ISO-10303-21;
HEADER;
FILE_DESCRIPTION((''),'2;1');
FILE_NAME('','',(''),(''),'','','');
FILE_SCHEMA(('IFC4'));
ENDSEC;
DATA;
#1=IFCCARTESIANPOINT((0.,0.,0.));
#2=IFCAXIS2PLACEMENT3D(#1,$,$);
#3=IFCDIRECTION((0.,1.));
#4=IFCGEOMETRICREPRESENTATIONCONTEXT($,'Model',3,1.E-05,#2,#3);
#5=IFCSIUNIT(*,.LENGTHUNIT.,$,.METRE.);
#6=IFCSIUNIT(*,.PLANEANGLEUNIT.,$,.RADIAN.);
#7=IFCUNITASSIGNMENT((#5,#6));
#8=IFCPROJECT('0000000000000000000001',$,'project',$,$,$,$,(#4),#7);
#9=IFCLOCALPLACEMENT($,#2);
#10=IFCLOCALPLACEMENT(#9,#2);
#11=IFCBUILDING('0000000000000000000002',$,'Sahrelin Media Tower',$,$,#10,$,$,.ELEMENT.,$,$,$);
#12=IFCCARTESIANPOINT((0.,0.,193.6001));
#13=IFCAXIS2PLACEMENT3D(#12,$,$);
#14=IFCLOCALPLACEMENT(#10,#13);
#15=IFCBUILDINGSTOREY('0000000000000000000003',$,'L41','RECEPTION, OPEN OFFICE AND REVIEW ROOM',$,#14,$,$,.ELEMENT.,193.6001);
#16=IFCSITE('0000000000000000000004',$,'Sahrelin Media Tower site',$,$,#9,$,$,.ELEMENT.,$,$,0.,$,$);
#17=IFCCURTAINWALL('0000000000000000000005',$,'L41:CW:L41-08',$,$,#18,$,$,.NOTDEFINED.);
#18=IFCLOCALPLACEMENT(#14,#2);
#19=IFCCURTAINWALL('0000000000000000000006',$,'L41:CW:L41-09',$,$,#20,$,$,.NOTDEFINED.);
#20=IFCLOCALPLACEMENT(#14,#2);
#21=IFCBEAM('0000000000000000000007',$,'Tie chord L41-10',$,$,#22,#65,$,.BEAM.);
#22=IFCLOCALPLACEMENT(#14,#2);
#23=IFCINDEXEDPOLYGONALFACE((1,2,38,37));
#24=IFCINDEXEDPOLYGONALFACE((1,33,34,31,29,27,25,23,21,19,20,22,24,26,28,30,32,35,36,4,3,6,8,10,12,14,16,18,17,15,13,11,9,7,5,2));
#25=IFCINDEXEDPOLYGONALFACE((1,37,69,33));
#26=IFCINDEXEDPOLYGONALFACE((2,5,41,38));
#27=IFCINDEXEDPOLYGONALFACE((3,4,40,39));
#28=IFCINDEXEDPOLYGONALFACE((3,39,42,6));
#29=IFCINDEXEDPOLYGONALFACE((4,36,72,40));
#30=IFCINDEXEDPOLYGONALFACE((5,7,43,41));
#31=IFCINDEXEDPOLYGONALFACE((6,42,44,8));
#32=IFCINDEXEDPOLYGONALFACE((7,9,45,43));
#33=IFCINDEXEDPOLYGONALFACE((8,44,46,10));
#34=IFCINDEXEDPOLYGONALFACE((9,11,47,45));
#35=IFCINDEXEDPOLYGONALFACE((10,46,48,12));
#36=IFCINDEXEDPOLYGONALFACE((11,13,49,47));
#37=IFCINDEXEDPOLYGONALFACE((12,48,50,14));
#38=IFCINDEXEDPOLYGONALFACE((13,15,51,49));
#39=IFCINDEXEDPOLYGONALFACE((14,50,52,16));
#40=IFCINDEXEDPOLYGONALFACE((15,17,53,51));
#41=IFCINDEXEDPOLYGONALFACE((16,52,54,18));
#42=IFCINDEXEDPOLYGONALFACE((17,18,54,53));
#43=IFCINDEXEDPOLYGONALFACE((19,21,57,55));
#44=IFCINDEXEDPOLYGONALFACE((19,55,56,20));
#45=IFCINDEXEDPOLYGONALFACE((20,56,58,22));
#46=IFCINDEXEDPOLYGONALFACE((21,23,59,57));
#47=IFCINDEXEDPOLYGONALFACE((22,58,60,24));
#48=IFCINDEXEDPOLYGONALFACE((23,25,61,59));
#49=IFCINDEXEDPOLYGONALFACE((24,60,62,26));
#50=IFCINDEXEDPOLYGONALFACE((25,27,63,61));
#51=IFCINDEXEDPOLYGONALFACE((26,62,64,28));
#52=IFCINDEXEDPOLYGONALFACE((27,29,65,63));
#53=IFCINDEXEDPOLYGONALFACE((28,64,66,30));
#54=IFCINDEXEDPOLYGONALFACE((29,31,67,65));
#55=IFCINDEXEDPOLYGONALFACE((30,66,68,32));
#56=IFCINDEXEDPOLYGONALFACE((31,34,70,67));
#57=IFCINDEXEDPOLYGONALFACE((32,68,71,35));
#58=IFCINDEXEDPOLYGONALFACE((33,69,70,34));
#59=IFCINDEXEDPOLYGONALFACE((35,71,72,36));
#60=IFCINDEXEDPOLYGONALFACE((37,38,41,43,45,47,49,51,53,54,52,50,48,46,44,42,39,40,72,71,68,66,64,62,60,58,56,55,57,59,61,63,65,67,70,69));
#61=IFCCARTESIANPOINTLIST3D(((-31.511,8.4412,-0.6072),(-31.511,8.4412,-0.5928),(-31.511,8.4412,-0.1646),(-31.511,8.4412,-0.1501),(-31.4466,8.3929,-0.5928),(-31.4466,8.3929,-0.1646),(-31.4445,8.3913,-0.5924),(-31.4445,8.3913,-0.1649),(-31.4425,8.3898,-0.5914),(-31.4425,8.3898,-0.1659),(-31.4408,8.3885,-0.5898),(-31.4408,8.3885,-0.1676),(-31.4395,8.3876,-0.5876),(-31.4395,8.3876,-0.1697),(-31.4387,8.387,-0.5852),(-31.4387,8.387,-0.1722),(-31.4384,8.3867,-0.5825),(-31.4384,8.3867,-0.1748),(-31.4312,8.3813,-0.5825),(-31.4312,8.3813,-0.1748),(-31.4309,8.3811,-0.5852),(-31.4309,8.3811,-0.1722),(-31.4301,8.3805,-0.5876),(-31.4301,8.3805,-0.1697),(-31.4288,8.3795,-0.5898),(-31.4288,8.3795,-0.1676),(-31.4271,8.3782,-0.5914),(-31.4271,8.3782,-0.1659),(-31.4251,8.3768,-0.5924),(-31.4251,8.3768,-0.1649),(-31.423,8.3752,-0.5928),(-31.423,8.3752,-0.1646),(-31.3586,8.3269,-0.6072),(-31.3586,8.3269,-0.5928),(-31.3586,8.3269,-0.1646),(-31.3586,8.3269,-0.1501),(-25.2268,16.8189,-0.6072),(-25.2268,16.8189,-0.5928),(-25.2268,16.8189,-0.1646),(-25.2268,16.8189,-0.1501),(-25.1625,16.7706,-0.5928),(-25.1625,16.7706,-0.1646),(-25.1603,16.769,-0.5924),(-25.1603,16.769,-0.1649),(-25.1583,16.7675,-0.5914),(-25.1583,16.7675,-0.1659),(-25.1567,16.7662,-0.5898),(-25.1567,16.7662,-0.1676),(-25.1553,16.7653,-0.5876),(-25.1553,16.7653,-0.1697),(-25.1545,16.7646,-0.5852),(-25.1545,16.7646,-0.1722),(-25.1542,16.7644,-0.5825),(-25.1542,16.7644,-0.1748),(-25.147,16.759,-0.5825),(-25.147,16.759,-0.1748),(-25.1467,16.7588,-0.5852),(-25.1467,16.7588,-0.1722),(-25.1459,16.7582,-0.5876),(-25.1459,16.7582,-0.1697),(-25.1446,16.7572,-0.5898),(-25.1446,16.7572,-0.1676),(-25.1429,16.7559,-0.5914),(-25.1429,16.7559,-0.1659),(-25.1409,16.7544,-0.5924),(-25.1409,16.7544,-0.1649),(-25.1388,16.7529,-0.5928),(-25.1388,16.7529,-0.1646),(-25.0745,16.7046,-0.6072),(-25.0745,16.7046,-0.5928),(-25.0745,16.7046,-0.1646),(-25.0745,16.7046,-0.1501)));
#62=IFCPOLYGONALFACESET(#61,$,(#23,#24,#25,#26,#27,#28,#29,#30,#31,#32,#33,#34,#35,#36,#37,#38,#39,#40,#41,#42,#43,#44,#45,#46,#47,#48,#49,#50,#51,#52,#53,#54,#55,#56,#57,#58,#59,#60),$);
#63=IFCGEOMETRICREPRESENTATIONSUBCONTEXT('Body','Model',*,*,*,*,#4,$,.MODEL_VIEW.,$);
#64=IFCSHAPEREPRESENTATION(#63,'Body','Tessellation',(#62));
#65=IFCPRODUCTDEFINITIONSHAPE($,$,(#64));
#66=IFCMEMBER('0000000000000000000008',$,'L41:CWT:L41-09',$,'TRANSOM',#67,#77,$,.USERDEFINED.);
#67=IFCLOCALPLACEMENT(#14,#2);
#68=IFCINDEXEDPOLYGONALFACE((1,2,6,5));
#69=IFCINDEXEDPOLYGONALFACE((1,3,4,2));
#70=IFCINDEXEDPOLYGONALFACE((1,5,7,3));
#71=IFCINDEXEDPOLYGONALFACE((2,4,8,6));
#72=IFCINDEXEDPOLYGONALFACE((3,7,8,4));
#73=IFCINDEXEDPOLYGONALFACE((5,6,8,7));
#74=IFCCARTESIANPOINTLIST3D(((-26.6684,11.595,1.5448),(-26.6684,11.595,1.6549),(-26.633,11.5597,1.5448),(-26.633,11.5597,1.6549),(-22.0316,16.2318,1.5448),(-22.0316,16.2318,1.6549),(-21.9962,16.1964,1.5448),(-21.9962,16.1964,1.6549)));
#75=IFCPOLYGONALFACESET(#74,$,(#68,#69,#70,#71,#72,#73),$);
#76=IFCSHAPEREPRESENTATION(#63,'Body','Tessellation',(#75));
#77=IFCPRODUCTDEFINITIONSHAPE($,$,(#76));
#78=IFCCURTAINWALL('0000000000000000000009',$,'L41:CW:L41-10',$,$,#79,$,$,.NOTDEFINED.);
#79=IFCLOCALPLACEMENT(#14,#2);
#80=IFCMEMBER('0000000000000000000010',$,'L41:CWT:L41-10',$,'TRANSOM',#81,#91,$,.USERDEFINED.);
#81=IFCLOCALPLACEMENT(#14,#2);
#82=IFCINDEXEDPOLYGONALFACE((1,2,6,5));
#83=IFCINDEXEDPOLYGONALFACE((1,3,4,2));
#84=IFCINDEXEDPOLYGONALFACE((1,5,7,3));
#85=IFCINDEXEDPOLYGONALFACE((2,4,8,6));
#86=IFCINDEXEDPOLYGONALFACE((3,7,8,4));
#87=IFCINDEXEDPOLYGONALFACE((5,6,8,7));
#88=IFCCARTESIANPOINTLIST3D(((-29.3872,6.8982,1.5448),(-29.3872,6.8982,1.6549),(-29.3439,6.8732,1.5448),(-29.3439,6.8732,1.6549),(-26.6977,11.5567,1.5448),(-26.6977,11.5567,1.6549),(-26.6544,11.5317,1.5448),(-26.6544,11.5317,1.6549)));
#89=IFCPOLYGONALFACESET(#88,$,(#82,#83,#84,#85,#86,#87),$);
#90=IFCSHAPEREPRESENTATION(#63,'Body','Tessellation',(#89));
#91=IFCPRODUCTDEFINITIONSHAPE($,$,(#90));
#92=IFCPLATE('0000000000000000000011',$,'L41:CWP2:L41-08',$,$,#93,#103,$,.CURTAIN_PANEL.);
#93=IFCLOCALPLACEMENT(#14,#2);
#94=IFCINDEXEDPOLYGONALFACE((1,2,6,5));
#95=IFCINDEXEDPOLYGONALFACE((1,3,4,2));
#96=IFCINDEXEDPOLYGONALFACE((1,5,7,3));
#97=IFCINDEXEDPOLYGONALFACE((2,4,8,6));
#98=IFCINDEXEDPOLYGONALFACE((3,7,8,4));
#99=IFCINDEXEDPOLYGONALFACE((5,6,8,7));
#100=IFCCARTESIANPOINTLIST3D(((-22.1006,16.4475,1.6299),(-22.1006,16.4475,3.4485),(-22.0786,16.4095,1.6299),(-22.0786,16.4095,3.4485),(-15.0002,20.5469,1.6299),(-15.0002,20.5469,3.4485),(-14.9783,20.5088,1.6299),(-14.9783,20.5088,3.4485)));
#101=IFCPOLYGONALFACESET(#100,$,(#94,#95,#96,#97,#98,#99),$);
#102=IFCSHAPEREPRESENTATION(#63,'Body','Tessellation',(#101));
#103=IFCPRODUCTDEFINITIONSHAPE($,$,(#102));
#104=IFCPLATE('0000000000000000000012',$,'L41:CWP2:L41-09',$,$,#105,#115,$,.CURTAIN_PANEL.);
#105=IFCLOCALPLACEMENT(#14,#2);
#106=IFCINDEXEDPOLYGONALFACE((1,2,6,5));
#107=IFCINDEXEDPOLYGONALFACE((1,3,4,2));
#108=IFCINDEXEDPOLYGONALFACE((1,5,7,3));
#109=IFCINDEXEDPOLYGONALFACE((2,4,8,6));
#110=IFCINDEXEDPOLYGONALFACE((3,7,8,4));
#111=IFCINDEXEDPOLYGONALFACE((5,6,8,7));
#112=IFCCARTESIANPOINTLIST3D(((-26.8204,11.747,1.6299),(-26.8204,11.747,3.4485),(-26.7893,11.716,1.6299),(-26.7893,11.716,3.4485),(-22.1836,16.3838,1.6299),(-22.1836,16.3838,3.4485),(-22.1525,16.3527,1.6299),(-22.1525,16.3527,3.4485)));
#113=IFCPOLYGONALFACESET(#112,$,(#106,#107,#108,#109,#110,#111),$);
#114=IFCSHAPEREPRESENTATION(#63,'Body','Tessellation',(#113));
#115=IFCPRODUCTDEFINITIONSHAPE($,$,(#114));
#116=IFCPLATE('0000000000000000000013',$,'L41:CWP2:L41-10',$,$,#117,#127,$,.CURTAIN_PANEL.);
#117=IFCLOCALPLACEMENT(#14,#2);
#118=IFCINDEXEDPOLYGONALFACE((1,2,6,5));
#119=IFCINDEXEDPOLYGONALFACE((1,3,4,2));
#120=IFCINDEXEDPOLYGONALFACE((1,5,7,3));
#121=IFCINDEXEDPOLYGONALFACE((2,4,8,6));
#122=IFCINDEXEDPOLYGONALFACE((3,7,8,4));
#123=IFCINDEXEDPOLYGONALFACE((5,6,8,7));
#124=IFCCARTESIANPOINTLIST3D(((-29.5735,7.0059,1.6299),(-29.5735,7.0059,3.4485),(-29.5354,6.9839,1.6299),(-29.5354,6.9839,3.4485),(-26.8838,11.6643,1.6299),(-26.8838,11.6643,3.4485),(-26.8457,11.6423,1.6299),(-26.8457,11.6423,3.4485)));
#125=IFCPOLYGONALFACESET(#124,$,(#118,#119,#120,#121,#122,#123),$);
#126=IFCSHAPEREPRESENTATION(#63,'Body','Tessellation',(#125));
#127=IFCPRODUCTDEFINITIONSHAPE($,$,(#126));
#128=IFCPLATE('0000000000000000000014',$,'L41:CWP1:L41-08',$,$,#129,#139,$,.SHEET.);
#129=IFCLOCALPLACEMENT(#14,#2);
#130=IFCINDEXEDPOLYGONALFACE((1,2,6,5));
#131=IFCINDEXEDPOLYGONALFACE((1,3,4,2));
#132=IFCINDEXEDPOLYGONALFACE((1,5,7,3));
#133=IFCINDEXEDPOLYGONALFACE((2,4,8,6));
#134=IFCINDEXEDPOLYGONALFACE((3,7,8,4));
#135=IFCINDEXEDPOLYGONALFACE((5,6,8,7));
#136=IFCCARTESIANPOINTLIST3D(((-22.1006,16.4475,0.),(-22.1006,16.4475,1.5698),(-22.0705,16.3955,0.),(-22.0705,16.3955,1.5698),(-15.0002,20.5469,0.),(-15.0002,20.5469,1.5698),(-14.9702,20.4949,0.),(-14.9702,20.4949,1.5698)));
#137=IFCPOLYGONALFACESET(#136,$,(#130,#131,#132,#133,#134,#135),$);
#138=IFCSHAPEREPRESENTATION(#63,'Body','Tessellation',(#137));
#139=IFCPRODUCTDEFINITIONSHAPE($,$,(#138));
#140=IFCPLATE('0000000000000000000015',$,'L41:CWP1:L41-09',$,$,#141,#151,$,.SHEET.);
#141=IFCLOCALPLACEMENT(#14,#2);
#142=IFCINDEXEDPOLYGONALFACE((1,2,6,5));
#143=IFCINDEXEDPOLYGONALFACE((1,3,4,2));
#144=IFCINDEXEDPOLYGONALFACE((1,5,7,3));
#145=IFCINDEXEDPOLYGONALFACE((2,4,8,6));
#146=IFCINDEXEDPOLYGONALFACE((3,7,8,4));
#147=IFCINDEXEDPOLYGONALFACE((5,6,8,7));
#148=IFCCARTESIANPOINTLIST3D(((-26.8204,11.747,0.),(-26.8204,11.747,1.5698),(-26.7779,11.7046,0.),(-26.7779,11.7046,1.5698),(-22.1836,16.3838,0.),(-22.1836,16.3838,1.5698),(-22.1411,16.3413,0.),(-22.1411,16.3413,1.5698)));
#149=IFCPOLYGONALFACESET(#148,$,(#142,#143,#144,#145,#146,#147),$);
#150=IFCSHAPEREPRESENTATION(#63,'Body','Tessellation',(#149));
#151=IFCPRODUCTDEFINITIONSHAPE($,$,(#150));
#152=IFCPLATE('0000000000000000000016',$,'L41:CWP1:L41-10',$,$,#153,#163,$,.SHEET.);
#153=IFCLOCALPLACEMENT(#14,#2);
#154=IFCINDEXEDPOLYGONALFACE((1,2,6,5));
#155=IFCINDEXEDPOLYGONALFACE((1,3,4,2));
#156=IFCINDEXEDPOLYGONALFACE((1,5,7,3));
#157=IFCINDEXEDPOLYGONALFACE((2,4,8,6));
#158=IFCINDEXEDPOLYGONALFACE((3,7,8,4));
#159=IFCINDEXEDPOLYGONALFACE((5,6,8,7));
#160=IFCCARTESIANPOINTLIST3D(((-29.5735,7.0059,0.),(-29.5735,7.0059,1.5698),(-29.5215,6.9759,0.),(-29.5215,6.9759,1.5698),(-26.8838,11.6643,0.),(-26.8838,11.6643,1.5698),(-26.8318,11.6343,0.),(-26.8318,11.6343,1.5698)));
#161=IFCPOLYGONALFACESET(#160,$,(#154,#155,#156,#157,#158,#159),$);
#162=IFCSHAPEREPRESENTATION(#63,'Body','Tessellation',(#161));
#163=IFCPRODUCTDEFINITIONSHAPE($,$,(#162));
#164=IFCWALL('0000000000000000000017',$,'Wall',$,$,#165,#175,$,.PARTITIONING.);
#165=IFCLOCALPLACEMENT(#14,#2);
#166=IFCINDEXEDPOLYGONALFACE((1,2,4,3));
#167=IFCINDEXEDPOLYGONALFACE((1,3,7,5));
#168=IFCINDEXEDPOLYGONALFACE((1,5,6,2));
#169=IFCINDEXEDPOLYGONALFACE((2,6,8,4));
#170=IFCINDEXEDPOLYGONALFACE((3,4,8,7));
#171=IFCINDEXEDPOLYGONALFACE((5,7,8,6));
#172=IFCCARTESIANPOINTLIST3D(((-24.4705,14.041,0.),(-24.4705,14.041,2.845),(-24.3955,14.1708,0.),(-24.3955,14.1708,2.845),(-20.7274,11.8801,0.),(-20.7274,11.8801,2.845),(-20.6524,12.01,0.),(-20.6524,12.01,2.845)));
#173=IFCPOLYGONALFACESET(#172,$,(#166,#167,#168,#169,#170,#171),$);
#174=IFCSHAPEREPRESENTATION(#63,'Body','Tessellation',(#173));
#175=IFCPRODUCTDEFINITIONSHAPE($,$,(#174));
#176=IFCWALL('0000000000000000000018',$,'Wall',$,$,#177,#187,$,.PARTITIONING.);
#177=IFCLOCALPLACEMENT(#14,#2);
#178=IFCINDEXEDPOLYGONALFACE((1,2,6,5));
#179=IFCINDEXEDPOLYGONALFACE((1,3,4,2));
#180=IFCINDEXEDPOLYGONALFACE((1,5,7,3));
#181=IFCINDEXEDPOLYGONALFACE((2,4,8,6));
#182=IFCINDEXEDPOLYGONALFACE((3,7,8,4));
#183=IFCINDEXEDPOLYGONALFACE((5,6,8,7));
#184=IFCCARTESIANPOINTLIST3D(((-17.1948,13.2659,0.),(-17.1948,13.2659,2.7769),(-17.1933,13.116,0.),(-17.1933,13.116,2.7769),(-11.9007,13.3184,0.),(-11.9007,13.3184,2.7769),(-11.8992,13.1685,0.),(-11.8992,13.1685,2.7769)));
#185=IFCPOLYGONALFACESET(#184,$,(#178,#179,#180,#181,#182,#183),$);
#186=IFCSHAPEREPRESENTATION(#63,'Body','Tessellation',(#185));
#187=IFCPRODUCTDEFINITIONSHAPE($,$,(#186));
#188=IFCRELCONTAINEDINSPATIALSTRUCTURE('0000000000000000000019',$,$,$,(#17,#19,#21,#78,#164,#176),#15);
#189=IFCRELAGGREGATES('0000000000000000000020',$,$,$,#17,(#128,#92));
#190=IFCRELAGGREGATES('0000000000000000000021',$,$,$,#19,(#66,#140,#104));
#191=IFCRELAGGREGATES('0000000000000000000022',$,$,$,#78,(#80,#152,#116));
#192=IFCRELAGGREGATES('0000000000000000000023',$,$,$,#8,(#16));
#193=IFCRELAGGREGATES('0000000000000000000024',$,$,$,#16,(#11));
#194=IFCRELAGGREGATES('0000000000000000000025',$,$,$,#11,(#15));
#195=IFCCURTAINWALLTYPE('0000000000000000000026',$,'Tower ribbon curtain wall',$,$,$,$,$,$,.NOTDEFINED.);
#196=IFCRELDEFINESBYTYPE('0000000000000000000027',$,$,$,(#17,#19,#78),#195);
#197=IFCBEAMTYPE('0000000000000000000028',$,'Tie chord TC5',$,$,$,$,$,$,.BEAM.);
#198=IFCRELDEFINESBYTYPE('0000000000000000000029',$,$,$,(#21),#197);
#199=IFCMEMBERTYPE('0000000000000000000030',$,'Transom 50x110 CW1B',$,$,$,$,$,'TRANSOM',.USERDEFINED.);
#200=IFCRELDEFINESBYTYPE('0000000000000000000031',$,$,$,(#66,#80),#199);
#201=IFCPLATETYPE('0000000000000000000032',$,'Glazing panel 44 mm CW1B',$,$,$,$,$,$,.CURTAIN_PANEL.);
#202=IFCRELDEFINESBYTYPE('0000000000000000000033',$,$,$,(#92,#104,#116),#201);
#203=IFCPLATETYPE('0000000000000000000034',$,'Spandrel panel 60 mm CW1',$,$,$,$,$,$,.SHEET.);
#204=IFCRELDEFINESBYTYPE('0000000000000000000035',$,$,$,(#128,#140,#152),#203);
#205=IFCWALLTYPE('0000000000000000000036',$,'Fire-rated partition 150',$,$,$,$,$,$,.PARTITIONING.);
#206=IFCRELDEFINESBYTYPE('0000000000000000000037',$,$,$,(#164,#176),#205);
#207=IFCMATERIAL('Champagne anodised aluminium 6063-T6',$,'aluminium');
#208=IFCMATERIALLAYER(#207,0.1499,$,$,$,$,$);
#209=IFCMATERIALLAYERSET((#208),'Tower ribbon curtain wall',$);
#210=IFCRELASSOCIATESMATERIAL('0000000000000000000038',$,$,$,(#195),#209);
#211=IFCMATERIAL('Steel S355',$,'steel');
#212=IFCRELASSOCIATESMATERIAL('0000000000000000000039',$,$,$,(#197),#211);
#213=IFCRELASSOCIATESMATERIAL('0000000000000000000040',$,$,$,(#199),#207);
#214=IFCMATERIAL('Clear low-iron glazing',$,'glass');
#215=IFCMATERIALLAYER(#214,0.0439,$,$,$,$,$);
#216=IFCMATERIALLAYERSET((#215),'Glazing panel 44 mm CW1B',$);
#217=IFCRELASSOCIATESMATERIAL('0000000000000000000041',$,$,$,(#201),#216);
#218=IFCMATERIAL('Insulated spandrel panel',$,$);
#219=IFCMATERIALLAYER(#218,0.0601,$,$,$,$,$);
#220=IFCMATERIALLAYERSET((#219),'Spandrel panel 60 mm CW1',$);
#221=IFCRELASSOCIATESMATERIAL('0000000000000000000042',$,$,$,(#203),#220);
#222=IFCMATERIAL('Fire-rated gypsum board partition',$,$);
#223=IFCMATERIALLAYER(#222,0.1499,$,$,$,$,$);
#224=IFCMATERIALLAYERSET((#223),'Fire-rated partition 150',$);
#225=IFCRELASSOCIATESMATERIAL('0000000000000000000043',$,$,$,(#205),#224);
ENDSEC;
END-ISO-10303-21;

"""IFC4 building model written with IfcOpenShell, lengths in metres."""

from ifc_helpers import new_model, si_unit, direction, frame, frame_2d, origin, origin_2d, place, context, subcontext, project, spatial, polyline, rectangle, i_section, outline, extrude, material, layer, layer_set, material_profile, profile_set, type_object, element, aggregate, save


model = new_model("IFC4")

# Units and contexts
model_context = context("Model", 3, precision=1e-05, world=origin(), true_north=direction((0.0, 1.0)))
body_context = subcontext(model_context, "Body", "Model", "MODEL_VIEW")
ifc_project = project(units=[si_unit("LENGTHUNIT", "METRE"), si_unit("PLANEANGLEUNIT", "RADIAN")], contexts=[model_context])

# Site, building, storey
site_placement = place(None, origin())
site = spatial("IfcSite", under=ifc_project, at=site_placement, Name="Sahrelin Media Tower site", CompositionType="ELEMENT", RefElevation=0.0)
building_placement = place(site_placement, origin())
building = spatial("IfcBuilding", under=site, at=building_placement, Name="Sahrelin Media Tower", CompositionType="ELEMENT")
storey_placement = place(building_placement, frame((0.0, 0.0, 193.6001)))
storey = spatial("IfcBuildingStorey", under=building, at=storey_placement, Name="L41", Description="RECEPTION, OPEN OFFICE AND REVIEW ROOM", CompositionType="ELEMENT", Elevation=193.6001)

# Shared definitions
ifc_material_1 = material(Name="Steel S355", Category="steel")

# Curtain walls
ifc_material_2 = material(Name="Champagne anodised aluminium 6063-T6", Category="aluminium")
ifc_layer_1 = layer(ifc_material_2, 0.1499)
ifc_layer_set_1 = layer_set([ifc_layer_1], Name="Tower ribbon curtain wall")
curtain_wall_type = type_object("IfcCurtainWallType", Name="Tower ribbon curtain wall", PredefinedType="NOTDEFINED", material=ifc_layer_set_1)
curtain_wall_1_placement = place(storey_placement, frame((-18.5403, 18.4797, 0.0), z_axis=(0.0, 0.0, 1.0), x_axis=(1.0, 0.0, 0.0)))
curtain_wall_1 = element("IfcCurtainWall", 1, at=curtain_wall_1_placement, inside=storey, type_object=curtain_wall_type, Name="L41:CW:L41-08", PredefinedType="NOTDEFINED")
curtain_wall_2_placement = place(storey_placement, frame((-24.4878, 14.0513, 0.0), z_axis=(0.0, 0.0, 1.0), x_axis=(1.0, 0.0, 0.0)))
curtain_wall_2 = element("IfcCurtainWall", 2, at=curtain_wall_2_placement, inside=storey, type_object=curtain_wall_type, Name="L41:CW:L41-09", PredefinedType="NOTDEFINED")

# Beam
ifc_material_profile_1 = material_profile(ifc_material_1, i_section(OverallWidth=0.1904, OverallDepth=0.457, WebThickness=0.009, FlangeThickness=0.0144, FilletRadius=0.0103, at=origin_2d()), Name="UB 457x191x74")
ifc_profile_set_1 = profile_set([ifc_material_profile_1], Name="Steel S355")
beam_type_1 = type_object("IfcBeamType", Name="Tie chord TC5", PredefinedType="BEAM", material=ifc_profile_set_1)
beam_1_placement = place(storey_placement, frame((-25.1506, 16.7617, -0.3787), z_axis=(-0.600056, -0.799958, 0.0), x_axis=(0.799958, -0.600056, 0.0)))
element("IfcBeam", 3, at=beam_1_placement, inside=storey, type_object=beam_type_1, Name="Tie chord L41-10", PredefinedType="BEAM", context=body_context, shape_type="SweptSolid", body=[
    extrude(i_section(OverallWidth=0.1904, OverallDepth=0.457, WebThickness=0.009, FlangeThickness=0.0144, FilletRadius=0.0103, at=origin_2d()), origin(), (0.0, 0.0, 1.0), 10.4727),
])

# Member
ifc_material_profile_2 = material_profile(ifc_material_2, rectangle(XDim=0.05, YDim=0.1101, at=origin_2d()), Name="Transom 50x110")
ifc_profile_set_2 = profile_set([ifc_material_profile_2], Name="Champagne anodised aluminium 6063-T6")
member_type_1 = type_object("IfcMemberType", Name="Transom 50x110 CW1B", ElementType="TRANSOM", PredefinedType="USERDEFINED", material=ifc_profile_set_2)
member_1_placement = place(storey_placement, frame((-22.0139, 16.2141, 1.5999), z_axis=(-0.707107, -0.707107, 0.0), x_axis=(0.707107, -0.707107, 0.0)))
member_1 = element("IfcMember", 4, at=member_1_placement, type_object=member_type_1, Name="L41:CWT:L41-09", ObjectType="TRANSOM", PredefinedType="USERDEFINED", context=body_context, shape_type="SweptSolid", body=[
    extrude(rectangle(XDim=0.05, YDim=0.1101, at=origin_2d()), origin(), (0.0, 0.0, 1.0), 6.5574),
])

# Curtain wall, member
curtain_wall_3_placement = place(storey_placement, frame((-28.2112, 9.325, 0.0), z_axis=(0.0, 0.0, 1.0), x_axis=(1.0, 0.0, 0.0)))
curtain_wall_3 = element("IfcCurtainWall", 5, at=curtain_wall_3_placement, inside=storey, type_object=curtain_wall_type, Name="L41:CW:L41-10", PredefinedType="NOTDEFINED")
member_2_placement = place(storey_placement, frame((-26.676, 11.5442, 1.5999), z_axis=(-0.499986, -0.866034, 0.0), x_axis=(0.866034, -0.499986, 0.0)))
member_2 = element("IfcMember", 6, at=member_2_placement, type_object=member_type_1, Name="L41:CWT:L41-10", ObjectType="TRANSOM", PredefinedType="USERDEFINED", context=body_context, shape_type="SweptSolid", body=[
    extrude(rectangle(XDim=0.05, YDim=0.1101, at=origin_2d()), origin(), (0.0, 0.0, 1.0), 5.3792),
])

# Plates
ifc_material_3 = material(Name="Clear low-iron glazing", Category="glass")
ifc_layer_2 = layer(ifc_material_3, 0.0439)
ifc_layer_set_2 = layer_set([ifc_layer_2], Name="Glazing panel 44 mm CW1B")
plate_type_1 = type_object("IfcPlateType", Name="Glazing panel 44 mm CW1B", PredefinedType="CURTAIN_PANEL", material=ifc_layer_set_2)
plate_1_placement = place(storey_placement, frame((-15.0002, 20.5469, 1.6299), z_axis=(-0.499998, 0.866026, 0.0), x_axis=(-0.866026, -0.499998, 0.0)))
plate_1 = element("IfcPlate", 7, at=plate_1_placement, type_object=plate_type_1, Name="L41:CWP2:L41-08", PredefinedType="CURTAIN_PANEL", context=body_context, shape_type="SweptSolid", body=[
    extrude(outline(polyline([(0.0, 0.0), (8.1987, 0.0), (8.1987, 1.8186), (0.0, 1.8186), (0.0, 0.0)])), origin(), (0.0, 0.0, -1.0), 0.0439),
])
plate_2_placement = place(storey_placement, frame((-22.1836, 16.3838, 1.6299), z_axis=(-0.707107, 0.707107, 0.0), x_axis=(-0.707107, -0.707107, 0.0)))
plate_2 = element("IfcPlate", 8, at=plate_2_placement, type_object=plate_type_1, Name="L41:CWP2:L41-09", PredefinedType="CURTAIN_PANEL", context=body_context, shape_type="SweptSolid", body=[
    extrude(outline(polyline([(0.0, 0.0), (6.5574, 0.0), (6.5574, 1.8186), (0.0, 1.8186), (0.0, 0.0)])), origin(), (0.0, 0.0, -1.0), 0.0439),
])
plate_3_placement = place(storey_placement, frame((-26.8838, 11.6643, 1.6299), z_axis=(-0.866014, 0.50002, 0.0), x_axis=(-0.50002, -0.866014, 0.0)))
plate_3 = element("IfcPlate", 9, at=plate_3_placement, type_object=plate_type_1, Name="L41:CWP2:L41-10", PredefinedType="CURTAIN_PANEL", context=body_context, shape_type="SweptSolid", body=[
    extrude(outline(polyline([(0.0, 0.0), (5.3792, 0.0), (5.3792, 1.8186), (0.0, 1.8186), (0.0, 0.0)])), origin(), (0.0, 0.0, -1.0), 0.0439),
])
ifc_material_4 = material(Name="Insulated spandrel panel")
ifc_layer_3 = layer(ifc_material_4, 0.0601)
ifc_layer_set_3 = layer_set([ifc_layer_3], Name="Spandrel panel 60 mm CW1")
plate_type_2 = type_object("IfcPlateType", Name="Spandrel panel 60 mm CW1", PredefinedType="SHEET", material=ifc_layer_set_3)
plate_4_placement = place(storey_placement, frame((-15.0002, 20.5469, 0.0), z_axis=(-0.499998, 0.866026, 0.0), x_axis=(-0.866026, -0.499998, 0.0)))
plate_4 = element("IfcPlate", 10, at=plate_4_placement, type_object=plate_type_2, Name="L41:CWP1:L41-08", PredefinedType="SHEET", context=body_context, shape_type="SweptSolid", body=[
    extrude(outline(polyline([(0.0, 0.0), (8.1987, 0.0), (8.1987, 1.5698), (0.0, 1.5698), (0.0, 0.0)])), origin(), (0.0, 0.0, -1.0), 0.0601),
])
aggregate(curtain_wall_1, [plate_4, plate_1])
plate_5_placement = place(storey_placement, frame((-22.1836, 16.3838, 0.0), z_axis=(-0.707107, 0.707107, 0.0), x_axis=(-0.707107, -0.707107, 0.0)))
plate_5 = element("IfcPlate", 11, at=plate_5_placement, type_object=plate_type_2, Name="L41:CWP1:L41-09", PredefinedType="SHEET", context=body_context, shape_type="SweptSolid", body=[
    extrude(outline(polyline([(0.0, 0.0), (6.5574, 0.0), (6.5574, 1.5698), (0.0, 1.5698), (0.0, 0.0)])), origin(), (0.0, 0.0, -1.0), 0.0601),
])
aggregate(curtain_wall_2, [member_1, plate_5, plate_2])
plate_6_placement = place(storey_placement, frame((-26.8838, 11.6643, 0.0), z_axis=(-0.866014, 0.50002, 0.0), x_axis=(-0.50002, -0.866014, 0.0)))
plate_6 = element("IfcPlate", 12, at=plate_6_placement, type_object=plate_type_2, Name="L41:CWP1:L41-10", PredefinedType="SHEET", context=body_context, shape_type="SweptSolid", body=[
    extrude(outline(polyline([(0.0, 0.0), (5.3792, 0.0), (5.3792, 1.5698), (0.0, 1.5698), (0.0, 0.0)])), origin(), (0.0, 0.0, -1.0), 0.0601),
])
aggregate(curtain_wall_3, [member_2, plate_6, plate_3])

# Walls
ifc_material_5 = material(Name="Fire-rated gypsum board partition")
ifc_layer_4 = layer(ifc_material_5, 0.1499)
ifc_layer_set_4 = layer_set([ifc_layer_4], Name="Fire-rated partition 150")
wall_type_1 = type_object("IfcWallType", Name="Fire-rated partition 150", PredefinedType="PARTITIONING", material=ifc_layer_set_4)
wall_1_placement = place(storey_placement, frame((-24.4331, 14.106, 0.0), z_axis=(0.0, 0.0, 1.0), x_axis=(0.866048, -0.49996, 0.0)))
element("IfcWall", 13, at=wall_1_placement, inside=storey, type_object=wall_type_1, Name="Wall", PredefinedType="PARTITIONING", context=body_context, shape_type="SweptSolid", body=[
    extrude(rectangle(XDim=4.322, YDim=0.1499, at=frame_2d((2.1611, 0.0))), origin(), (0.0, 0.0, 1.0), 2.845),
])
wall_2_placement = place(storey_placement, frame((-17.1941, 13.1909, 0.0), z_axis=(0.0, 0.0, 1.0), x_axis=(0.999951, 0.009914, 0.0)))
element("IfcWall", 14, at=wall_2_placement, inside=storey, type_object=wall_type_1, Name="Wall", PredefinedType="PARTITIONING", context=body_context, shape_type="SweptSolid", body=[
    extrude(rectangle(XDim=5.2944, YDim=0.1499, at=frame_2d((2.6472, 0.0))), origin(), (0.0, 0.0, 1.0), 2.7769),
])

save(model, "model.ifc")
